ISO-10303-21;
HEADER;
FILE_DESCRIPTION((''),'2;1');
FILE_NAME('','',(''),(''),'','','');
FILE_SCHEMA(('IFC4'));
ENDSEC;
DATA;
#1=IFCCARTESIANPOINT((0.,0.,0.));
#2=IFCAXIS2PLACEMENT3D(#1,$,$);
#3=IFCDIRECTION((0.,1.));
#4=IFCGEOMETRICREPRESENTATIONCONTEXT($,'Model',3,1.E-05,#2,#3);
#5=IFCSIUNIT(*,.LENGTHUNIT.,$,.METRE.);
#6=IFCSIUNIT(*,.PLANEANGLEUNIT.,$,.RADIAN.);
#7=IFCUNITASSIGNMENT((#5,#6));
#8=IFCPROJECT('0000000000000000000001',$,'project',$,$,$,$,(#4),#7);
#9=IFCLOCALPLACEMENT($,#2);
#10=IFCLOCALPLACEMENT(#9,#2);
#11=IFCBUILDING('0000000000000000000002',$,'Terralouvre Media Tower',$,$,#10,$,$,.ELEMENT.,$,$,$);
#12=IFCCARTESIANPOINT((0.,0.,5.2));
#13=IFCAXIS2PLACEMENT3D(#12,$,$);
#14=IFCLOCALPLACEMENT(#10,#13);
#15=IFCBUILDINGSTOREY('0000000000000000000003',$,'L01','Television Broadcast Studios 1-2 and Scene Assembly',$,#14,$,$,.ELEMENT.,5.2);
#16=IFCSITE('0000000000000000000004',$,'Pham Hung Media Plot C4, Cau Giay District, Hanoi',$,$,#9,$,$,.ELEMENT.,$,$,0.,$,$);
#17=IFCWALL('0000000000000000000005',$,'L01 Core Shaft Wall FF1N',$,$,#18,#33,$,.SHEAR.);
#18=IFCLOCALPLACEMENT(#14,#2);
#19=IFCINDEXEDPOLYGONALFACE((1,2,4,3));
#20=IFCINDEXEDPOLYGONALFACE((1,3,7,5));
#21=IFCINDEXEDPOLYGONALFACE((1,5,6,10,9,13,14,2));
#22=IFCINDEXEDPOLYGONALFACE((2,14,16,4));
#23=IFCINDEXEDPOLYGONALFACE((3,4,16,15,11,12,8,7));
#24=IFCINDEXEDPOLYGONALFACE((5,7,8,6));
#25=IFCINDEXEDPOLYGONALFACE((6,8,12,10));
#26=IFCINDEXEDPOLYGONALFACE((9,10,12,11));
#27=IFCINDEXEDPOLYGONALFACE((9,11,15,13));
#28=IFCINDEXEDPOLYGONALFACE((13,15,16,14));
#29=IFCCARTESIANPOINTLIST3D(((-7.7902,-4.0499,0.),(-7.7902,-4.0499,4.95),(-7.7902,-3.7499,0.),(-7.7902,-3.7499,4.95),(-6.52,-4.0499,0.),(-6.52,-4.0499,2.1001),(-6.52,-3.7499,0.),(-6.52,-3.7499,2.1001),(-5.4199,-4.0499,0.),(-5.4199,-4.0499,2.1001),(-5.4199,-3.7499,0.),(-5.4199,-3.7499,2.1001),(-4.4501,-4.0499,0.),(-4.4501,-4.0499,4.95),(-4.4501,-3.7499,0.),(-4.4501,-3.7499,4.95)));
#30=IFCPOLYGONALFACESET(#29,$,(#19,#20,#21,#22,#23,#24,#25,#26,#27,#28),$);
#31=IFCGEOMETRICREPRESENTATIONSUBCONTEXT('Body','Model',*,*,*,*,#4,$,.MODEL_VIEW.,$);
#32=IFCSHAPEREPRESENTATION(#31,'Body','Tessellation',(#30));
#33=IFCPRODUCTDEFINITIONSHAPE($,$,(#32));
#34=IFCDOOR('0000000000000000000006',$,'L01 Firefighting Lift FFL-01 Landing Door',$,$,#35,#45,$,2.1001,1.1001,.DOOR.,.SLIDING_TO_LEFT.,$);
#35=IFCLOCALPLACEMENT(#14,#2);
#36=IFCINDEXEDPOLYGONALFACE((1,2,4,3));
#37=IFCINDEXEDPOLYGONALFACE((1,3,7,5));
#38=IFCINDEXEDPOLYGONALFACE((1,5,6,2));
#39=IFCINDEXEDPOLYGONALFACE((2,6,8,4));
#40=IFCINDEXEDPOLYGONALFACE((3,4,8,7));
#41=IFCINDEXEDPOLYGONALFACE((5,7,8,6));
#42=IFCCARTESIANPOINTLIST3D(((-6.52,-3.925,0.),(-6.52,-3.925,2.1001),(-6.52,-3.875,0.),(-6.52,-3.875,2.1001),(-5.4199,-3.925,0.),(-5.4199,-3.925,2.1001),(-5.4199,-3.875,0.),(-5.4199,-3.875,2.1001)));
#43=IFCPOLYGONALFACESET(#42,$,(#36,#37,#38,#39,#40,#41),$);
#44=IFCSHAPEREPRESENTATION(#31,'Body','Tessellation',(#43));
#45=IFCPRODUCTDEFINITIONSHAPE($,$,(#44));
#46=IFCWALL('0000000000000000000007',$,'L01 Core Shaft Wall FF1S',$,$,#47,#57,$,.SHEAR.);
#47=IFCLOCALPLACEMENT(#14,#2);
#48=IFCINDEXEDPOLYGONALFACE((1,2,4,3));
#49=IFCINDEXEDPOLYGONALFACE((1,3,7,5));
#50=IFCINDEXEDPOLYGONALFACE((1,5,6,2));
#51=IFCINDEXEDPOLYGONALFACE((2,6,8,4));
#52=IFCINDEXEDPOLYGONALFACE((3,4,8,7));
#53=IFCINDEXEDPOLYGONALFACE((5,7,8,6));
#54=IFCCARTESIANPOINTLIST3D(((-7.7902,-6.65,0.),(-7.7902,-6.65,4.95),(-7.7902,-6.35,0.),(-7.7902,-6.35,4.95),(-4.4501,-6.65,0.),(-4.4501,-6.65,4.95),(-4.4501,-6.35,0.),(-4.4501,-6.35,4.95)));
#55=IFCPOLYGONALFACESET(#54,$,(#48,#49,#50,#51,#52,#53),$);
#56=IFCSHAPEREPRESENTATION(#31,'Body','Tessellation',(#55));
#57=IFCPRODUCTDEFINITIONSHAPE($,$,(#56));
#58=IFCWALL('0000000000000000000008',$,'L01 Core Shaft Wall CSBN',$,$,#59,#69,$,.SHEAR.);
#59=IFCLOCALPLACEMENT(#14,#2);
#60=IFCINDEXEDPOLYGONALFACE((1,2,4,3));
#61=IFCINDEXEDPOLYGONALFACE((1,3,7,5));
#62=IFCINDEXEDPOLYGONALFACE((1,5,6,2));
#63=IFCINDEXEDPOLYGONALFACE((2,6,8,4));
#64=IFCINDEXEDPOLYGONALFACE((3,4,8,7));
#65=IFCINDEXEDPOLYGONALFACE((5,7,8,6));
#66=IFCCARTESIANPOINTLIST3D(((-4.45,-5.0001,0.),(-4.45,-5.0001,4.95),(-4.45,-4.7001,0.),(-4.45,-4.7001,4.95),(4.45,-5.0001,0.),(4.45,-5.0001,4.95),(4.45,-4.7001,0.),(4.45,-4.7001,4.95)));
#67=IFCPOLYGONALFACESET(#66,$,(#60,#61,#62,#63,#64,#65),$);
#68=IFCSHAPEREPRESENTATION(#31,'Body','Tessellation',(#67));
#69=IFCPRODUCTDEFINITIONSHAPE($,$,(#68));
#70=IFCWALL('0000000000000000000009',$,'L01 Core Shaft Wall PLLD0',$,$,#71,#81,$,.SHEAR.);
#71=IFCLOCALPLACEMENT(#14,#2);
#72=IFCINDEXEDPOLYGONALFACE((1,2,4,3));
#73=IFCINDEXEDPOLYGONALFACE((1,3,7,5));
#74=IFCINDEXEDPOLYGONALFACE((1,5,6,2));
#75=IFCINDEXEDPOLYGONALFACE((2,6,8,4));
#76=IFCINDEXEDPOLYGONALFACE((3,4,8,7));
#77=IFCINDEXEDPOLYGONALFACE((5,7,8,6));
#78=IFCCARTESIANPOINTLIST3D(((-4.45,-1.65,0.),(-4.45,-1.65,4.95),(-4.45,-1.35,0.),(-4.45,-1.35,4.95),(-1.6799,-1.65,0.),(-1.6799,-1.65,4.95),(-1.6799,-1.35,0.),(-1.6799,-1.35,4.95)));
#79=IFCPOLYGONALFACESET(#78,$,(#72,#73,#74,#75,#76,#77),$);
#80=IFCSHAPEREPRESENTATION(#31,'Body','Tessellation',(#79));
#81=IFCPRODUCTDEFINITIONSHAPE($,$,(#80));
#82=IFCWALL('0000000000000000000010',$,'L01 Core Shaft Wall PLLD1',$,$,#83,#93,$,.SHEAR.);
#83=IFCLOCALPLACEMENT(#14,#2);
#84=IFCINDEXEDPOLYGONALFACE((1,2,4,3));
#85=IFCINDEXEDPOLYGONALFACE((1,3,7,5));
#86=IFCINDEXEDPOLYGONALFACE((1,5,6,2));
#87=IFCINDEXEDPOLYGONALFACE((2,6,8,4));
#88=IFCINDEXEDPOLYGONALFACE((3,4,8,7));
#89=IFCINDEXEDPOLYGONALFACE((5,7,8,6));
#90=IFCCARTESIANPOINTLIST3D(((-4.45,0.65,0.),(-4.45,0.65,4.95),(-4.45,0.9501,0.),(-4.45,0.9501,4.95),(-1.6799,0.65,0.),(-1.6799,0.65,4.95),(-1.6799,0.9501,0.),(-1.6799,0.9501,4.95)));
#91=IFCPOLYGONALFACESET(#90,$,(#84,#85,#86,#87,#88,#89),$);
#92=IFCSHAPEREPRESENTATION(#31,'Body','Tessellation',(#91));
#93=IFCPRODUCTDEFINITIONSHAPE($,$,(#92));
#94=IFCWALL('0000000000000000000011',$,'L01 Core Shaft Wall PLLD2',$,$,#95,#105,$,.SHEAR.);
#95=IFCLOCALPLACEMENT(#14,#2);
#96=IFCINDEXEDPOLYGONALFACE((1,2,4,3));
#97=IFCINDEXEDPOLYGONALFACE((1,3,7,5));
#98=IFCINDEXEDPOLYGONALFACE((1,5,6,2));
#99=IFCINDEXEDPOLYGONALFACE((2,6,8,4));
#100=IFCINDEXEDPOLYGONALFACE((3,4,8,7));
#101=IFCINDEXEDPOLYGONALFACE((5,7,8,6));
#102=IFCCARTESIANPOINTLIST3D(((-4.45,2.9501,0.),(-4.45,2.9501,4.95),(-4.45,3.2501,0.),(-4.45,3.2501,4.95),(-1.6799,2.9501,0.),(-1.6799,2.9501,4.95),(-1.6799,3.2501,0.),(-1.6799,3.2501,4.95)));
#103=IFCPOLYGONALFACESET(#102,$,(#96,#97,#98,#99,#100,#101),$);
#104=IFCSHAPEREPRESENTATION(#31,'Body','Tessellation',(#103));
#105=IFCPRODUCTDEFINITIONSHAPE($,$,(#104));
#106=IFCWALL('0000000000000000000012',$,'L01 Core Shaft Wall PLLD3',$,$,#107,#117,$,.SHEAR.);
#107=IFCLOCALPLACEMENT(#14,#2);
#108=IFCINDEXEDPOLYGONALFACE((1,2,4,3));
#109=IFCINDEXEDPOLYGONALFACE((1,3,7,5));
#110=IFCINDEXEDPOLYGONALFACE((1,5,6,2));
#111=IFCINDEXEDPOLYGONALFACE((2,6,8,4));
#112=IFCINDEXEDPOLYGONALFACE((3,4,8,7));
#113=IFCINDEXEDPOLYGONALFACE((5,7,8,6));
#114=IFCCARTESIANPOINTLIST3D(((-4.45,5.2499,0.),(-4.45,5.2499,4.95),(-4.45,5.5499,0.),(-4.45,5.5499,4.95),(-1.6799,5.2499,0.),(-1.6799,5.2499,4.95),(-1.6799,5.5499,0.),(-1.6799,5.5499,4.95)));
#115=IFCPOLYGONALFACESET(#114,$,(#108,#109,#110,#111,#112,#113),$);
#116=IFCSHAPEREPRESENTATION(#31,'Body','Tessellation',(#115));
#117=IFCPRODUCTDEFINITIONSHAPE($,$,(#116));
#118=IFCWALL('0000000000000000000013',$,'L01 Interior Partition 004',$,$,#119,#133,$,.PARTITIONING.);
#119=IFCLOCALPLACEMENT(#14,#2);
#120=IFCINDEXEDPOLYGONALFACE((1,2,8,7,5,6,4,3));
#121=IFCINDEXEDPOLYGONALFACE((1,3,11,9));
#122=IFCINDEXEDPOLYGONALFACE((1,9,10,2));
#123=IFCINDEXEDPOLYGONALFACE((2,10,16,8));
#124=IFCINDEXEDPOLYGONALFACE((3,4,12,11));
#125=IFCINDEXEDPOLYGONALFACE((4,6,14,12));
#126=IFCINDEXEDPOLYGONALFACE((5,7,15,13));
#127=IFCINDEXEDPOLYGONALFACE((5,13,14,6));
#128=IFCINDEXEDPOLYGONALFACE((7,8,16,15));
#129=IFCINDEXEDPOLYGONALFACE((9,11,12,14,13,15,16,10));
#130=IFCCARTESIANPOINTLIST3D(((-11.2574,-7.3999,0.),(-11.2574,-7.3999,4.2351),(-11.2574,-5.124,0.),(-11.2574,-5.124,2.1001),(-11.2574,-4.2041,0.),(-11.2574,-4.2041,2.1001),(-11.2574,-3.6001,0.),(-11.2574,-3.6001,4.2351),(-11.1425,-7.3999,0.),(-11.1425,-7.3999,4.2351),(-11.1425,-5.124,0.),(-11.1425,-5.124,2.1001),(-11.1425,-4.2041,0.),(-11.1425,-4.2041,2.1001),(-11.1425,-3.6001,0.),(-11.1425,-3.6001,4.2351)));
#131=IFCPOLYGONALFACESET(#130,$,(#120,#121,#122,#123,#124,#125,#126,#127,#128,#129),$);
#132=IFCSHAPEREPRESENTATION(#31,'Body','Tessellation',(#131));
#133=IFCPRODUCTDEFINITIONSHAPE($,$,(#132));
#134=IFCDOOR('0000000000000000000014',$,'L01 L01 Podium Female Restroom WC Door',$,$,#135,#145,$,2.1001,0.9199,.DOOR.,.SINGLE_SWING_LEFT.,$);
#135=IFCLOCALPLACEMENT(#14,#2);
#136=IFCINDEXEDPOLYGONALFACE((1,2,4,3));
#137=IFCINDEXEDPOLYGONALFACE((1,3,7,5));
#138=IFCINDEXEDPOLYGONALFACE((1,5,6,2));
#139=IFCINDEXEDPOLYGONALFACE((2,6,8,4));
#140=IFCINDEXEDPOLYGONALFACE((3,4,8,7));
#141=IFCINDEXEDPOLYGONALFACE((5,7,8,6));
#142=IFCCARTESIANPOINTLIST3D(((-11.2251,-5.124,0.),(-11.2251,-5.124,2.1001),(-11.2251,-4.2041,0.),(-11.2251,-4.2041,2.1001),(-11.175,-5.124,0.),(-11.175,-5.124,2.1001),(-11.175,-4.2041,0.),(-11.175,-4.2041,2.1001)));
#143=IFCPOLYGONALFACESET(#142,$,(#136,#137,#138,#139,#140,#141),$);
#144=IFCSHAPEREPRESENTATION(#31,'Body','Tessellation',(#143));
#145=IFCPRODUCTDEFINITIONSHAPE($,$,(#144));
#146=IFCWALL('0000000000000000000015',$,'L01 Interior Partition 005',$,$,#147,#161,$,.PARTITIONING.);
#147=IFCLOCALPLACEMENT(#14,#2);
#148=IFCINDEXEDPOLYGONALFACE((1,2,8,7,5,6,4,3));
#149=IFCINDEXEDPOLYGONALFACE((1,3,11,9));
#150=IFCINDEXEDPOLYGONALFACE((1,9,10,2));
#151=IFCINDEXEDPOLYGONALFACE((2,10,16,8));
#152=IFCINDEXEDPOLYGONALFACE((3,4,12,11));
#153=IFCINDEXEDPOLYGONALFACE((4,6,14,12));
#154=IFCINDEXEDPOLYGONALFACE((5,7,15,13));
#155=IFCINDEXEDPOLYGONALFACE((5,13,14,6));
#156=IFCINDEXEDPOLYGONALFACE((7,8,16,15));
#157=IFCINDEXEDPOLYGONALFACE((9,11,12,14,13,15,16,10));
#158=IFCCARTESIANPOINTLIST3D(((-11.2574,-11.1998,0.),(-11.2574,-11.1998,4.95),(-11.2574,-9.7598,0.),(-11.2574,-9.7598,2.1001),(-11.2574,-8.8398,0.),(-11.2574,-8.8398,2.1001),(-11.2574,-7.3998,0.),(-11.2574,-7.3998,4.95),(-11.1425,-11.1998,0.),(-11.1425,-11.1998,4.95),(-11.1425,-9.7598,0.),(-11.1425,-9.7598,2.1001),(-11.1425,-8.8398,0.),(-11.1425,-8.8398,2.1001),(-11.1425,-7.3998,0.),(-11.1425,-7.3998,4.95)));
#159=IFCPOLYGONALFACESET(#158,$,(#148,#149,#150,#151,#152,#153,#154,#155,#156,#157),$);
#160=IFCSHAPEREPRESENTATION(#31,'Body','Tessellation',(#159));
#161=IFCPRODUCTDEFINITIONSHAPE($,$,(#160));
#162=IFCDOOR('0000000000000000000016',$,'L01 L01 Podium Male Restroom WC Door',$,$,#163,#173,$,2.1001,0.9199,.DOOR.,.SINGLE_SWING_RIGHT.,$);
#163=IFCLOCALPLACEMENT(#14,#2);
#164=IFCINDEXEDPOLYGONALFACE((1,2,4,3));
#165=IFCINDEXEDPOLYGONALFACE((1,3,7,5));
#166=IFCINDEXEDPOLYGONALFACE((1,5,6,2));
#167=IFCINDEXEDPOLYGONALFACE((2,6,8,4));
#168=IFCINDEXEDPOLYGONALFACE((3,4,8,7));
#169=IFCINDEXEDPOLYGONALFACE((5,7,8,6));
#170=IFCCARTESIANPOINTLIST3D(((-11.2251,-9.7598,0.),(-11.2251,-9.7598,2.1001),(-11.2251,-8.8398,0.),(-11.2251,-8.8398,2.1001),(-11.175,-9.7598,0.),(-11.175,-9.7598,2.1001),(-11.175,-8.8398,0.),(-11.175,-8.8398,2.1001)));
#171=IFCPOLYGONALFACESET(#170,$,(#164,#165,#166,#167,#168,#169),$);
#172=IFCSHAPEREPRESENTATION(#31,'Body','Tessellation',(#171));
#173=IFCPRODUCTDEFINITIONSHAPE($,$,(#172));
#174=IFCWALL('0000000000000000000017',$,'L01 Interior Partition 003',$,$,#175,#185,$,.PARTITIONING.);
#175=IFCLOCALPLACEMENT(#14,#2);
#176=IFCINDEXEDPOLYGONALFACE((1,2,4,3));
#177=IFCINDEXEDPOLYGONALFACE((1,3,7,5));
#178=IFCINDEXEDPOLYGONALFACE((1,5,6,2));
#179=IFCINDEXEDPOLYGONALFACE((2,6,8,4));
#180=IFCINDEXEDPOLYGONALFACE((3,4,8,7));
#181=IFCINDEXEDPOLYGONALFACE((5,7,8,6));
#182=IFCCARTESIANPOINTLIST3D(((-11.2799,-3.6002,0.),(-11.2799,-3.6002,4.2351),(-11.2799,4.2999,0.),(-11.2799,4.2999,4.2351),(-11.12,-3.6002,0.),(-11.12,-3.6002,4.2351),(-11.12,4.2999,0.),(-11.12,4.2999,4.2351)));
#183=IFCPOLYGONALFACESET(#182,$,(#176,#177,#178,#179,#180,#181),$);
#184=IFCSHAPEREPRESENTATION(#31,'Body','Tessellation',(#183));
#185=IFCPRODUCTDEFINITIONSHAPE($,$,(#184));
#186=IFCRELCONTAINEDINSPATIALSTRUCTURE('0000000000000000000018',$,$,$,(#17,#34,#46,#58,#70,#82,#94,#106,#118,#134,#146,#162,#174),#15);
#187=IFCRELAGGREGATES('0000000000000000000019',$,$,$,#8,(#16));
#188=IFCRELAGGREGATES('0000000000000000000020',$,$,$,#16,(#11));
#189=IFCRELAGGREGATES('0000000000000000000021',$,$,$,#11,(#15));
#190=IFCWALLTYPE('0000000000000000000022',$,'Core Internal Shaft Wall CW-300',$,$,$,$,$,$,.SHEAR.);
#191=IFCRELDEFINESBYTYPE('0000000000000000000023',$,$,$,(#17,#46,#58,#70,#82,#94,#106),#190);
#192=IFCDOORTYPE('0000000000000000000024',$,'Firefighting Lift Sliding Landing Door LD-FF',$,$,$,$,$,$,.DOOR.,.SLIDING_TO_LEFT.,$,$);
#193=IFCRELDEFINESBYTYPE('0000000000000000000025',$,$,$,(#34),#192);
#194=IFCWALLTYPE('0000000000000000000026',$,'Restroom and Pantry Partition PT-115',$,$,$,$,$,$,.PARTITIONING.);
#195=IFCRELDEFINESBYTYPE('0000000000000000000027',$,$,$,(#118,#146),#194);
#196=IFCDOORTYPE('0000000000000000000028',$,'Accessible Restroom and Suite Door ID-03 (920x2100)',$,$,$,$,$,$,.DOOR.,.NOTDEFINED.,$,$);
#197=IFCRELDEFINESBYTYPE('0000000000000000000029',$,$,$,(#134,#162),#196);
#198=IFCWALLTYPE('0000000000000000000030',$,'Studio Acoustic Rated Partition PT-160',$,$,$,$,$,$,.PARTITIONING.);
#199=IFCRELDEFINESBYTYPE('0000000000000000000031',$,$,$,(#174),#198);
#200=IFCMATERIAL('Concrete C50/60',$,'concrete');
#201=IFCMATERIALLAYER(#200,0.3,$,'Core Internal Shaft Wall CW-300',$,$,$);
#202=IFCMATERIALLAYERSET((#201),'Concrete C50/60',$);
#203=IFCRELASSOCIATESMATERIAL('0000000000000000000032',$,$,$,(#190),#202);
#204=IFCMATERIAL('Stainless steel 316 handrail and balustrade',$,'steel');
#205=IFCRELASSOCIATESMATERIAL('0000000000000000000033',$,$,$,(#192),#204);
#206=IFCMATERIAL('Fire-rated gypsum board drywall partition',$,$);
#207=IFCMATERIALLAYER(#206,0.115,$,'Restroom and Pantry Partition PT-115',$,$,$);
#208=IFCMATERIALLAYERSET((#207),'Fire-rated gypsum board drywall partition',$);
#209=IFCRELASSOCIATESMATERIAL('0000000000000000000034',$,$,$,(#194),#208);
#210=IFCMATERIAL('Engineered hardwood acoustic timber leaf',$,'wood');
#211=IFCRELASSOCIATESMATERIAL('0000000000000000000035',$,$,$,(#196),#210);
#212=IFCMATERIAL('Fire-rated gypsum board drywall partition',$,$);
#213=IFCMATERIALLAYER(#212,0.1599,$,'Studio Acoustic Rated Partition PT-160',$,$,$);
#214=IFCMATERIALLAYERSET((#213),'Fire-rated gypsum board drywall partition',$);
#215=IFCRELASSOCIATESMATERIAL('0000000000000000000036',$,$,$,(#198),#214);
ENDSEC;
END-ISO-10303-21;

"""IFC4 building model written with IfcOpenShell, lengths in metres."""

from ifc_helpers import new_model, si_unit, direction, frame, frame_2d, origin, place, context, subcontext, project, spatial, rectangle, extrude, material, layer, layer_set, type_object, element, fill, save


model = new_model("IFC4")

# Units and contexts
model_context = context("Model", 3, precision=1e-05, world=origin(), true_north=direction((0.0, 1.0)))
body_context = subcontext(model_context, "Body", "Model", "MODEL_VIEW")
ifc_project = project(units=[si_unit("LENGTHUNIT", "METRE"), si_unit("PLANEANGLEUNIT", "RADIAN")], contexts=[model_context])

# Site, building, storey
site_placement = place(None, origin())
site = spatial("IfcSite", under=ifc_project, at=site_placement, Name="Pham Hung Media Plot C4, Cau Giay District, Hanoi", CompositionType="ELEMENT", RefElevation=0.0)
building_placement = place(site_placement, origin())
building = spatial("IfcBuilding", under=site, at=building_placement, Name="Terralouvre Media Tower", CompositionType="ELEMENT")
storey_placement = place(building_placement, frame((0.0, 0.0, 5.2)))
storey = spatial("IfcBuildingStorey", under=building, at=storey_placement, Name="L01", Description="Television Broadcast Studios 1-2 and Scene Assembly", CompositionType="ELEMENT", Elevation=5.2)

# Wall, opening, door
ifc_material_1 = material(Name="Concrete C50/60", Category="concrete")
ifc_layer_1 = layer(ifc_material_1, 0.3, Name="Core Internal Shaft Wall CW-300")
ifc_layer_set_1 = layer_set([ifc_layer_1], Name="Concrete C50/60")
wall_type_1 = type_object("IfcWallType", Name="Core Internal Shaft Wall CW-300", PredefinedType="SHEAR", material=ifc_layer_set_1)
wall_1_placement = place(storey_placement, frame((-7.79, -3.8999, 0.0), z_axis=(0.0, 0.0, 1.0), x_axis=(1.0, 0.0, 0.0)))
wall_1 = element("IfcWall", 1, at=wall_1_placement, inside=storey, type_object=wall_type_1, Name="L01 Core Shaft Wall FF1N", PredefinedType="SHEAR", context=body_context, shape_type="SweptSolid", body=[
    extrude(rectangle(XDim=3.3401, YDim=0.3, at=frame_2d((1.6699, 0.0))), origin(), (0.0, 0.0, 1.0), 4.95),
])
opening_1_placement = place(wall_1_placement, frame((1.27, 0.0, 0.0)))
opening_1 = element("IfcOpeningElement", 2, at=opening_1_placement, cuts=wall_1, PredefinedType="OPENING", context=body_context, shape_type="SweptSolid", body=[
    extrude(rectangle(XDim=1.1001, YDim=2.1001, at=frame_2d((0.55, 1.05))), frame((0.0, 0.1599, 0.0), z_axis=(0.0, -1.0, 0.0), x_axis=(1.0, 0.0, 0.0)), (0.0, 0.0, 1.0), 0.3201),
])
ifc_material_2 = material(Name="Stainless steel 316 handrail and balustrade", Category="steel")
door_type_1 = type_object("IfcDoorType", Name="Firefighting Lift Sliding Landing Door LD-FF", OperationType="SLIDING_TO_LEFT", PredefinedType="DOOR", material=ifc_material_2)
door_1_placement = place(opening_1_placement, origin())
door_1 = element("IfcDoor", 3, at=door_1_placement, inside=storey, type_object=door_type_1, Name="L01 Firefighting Lift FFL-01 Landing Door", OperationType="SLIDING_TO_LEFT", OverallHeight=2.1001, OverallWidth=1.1001, PredefinedType="DOOR", context=body_context, shape_type="SweptSolid", body=[
    extrude(rectangle(XDim=1.1001, YDim=2.1001, at=frame_2d((0.55, 1.05))), frame((0.0, 0.0249, 0.0), z_axis=(0.0, -1.0, 0.0), x_axis=(1.0, 0.0, 0.0)), (0.0, 0.0, 1.0), 0.05),
])
fill(opening_1, door_1)

# Walls
wall_2_placement = place(storey_placement, frame((-7.79, -6.5, 0.0), z_axis=(0.0, 0.0, 1.0), x_axis=(1.0, 0.0, 0.0)))
element("IfcWall", 4, at=wall_2_placement, inside=storey, type_object=wall_type_1, Name="L01 Core Shaft Wall FF1S", PredefinedType="SHEAR", context=body_context, shape_type="SweptSolid", body=[
    extrude(rectangle(XDim=3.3401, YDim=0.3, at=frame_2d((1.6699, 0.0))), origin(), (0.0, 0.0, 1.0), 4.95),
])
wall_3_placement = place(storey_placement, frame((-4.45, -4.8501, 0.0), z_axis=(0.0, 0.0, 1.0), x_axis=(1.0, 0.0, 0.0)))
element("IfcWall", 5, at=wall_3_placement, inside=storey, type_object=wall_type_1, Name="L01 Core Shaft Wall CSBN", PredefinedType="SHEAR", context=body_context, shape_type="SweptSolid", body=[
    extrude(rectangle(XDim=8.8999, YDim=0.3, at=frame_2d((4.45, 0.0))), origin(), (0.0, 0.0, 1.0), 4.95),
])
for number, where, z_axis, x_axis, name in (
    (6, (-4.45, -1.5, 0.0), (0.0, 0.0, 1.0), (1.0, 0.0, 0.0), "L01 Core Shaft Wall PLLD0"),
    (7, (-4.45, 0.8, 0.0), (0.0, 0.0, 1.0), (1.0, 0.0, 0.0), "L01 Core Shaft Wall PLLD1"),
    (8, (-4.45, 3.1001, 0.0), (0.0, 0.0, 1.0), (1.0, 0.0, 0.0), "L01 Core Shaft Wall PLLD2"),
    (9, (-4.45, 5.3999, 0.0), (0.0, 0.0, 1.0), (1.0, 0.0, 0.0), "L01 Core Shaft Wall PLLD3"),
):
    element("IfcWall", number, at=place(storey_placement, frame(where, z_axis=z_axis, x_axis=x_axis)), inside=storey, type_object=wall_type_1, Name=name, PredefinedType="SHEAR", context=body_context, shape_type="SweptSolid", body=[
        extrude(rectangle(XDim=2.77, YDim=0.3, at=frame_2d((1.385, 0.0))), origin(), (0.0, 0.0, 1.0), 4.95),
    ])

# Walls, openings, doors
ifc_material_3 = material(Name="Fire-rated gypsum board drywall partition")
ifc_layer_2 = layer(ifc_material_3, 0.115, Name="Restroom and Pantry Partition PT-115")
ifc_layer_set_2 = layer_set([ifc_layer_2], Name="Fire-rated gypsum board drywall partition")
wall_type_2 = type_object("IfcWallType", Name="Restroom and Pantry Partition PT-115", PredefinedType="PARTITIONING", material=ifc_layer_set_2)
wall_4_placement = place(storey_placement, frame((-11.2, -3.6001, 0.0), z_axis=(0.0, 0.0, 1.0), x_axis=(0.0, -1.0, 0.0)))
wall_4 = element("IfcWall", 10, at=wall_4_placement, inside=storey, type_object=wall_type_2, Name="L01 Interior Partition 004", PredefinedType="PARTITIONING", context=body_context, shape_type="SweptSolid", body=[
    extrude(rectangle(XDim=3.7998, YDim=0.115, at=frame_2d((1.8999, 0.0))), origin(), (0.0, 0.0, 1.0), 4.2351),
])
opening_2_placement = place(wall_4_placement, frame((0.604, 0.0, 0.0)))
opening_2 = element("IfcOpeningElement", 11, at=opening_2_placement, cuts=wall_4, PredefinedType="OPENING", context=body_context, shape_type="SweptSolid", body=[
    extrude(rectangle(XDim=0.9199, YDim=2.1001, at=frame_2d((0.46, 1.05))), frame((0.0, 0.0674, 0.0), z_axis=(0.0, -1.0, 0.0), x_axis=(1.0, 0.0, 0.0)), (0.0, 0.0, 1.0), 0.135),
])
ifc_material_4 = material(Name="Engineered hardwood acoustic timber leaf", Category="wood")
door_type_2 = type_object("IfcDoorType", Name="Accessible Restroom and Suite Door ID-03 (920x2100)", OperationType="NOTDEFINED", PredefinedType="DOOR", material=ifc_material_4)
door_2_placement = place(opening_2_placement, origin())
door_2 = element("IfcDoor", 12, at=door_2_placement, inside=storey, type_object=door_type_2, Name="L01 L01 Podium Female Restroom WC Door", OperationType="SINGLE_SWING_LEFT", OverallHeight=2.1001, OverallWidth=0.9199, PredefinedType="DOOR", context=body_context, shape_type="SweptSolid", body=[
    extrude(rectangle(XDim=0.9199, YDim=2.1001, at=frame_2d((0.46, 1.05))), frame((0.0, 0.0249, 0.0), z_axis=(0.0, -1.0, 0.0), x_axis=(1.0, 0.0, 0.0)), (0.0, 0.0, 1.0), 0.05),
])
fill(opening_2, door_2)
wall_5_placement = place(storey_placement, frame((-11.2, -7.3999, 0.0), z_axis=(0.0, 0.0, 1.0), x_axis=(0.0, -1.0, 0.0)))
wall_5 = element("IfcWall", 13, at=wall_5_placement, inside=storey, type_object=wall_type_2, Name="L01 Interior Partition 005", PredefinedType="PARTITIONING", context=body_context, shape_type="SweptSolid", body=[
    extrude(rectangle(XDim=3.8, YDim=0.115, at=frame_2d((1.8999, 0.0))), origin(), (0.0, 0.0, 1.0), 4.95),
])
opening_3_placement = place(wall_5_placement, frame((1.4399, 0.0, 0.0)))
opening_3 = element("IfcOpeningElement", 14, at=opening_3_placement, cuts=wall_5, PredefinedType="OPENING", context=body_context, shape_type="SweptSolid", body=[
    extrude(rectangle(XDim=0.9199, YDim=2.1001, at=frame_2d((0.46, 1.05))), frame((0.0, 0.0674, 0.0), z_axis=(0.0, -1.0, 0.0), x_axis=(1.0, 0.0, 0.0)), (0.0, 0.0, 1.0), 0.135),
])
door_3_placement = place(opening_3_placement, origin())
door_3 = element("IfcDoor", 15, at=door_3_placement, inside=storey, type_object=door_type_2, Name="L01 L01 Podium Male Restroom WC Door", OperationType="SINGLE_SWING_RIGHT", OverallHeight=2.1001, OverallWidth=0.9199, PredefinedType="DOOR", context=body_context, shape_type="SweptSolid", body=[
    extrude(rectangle(XDim=0.9199, YDim=2.1001, at=frame_2d((0.46, 1.05))), frame((0.0, 0.0249, 0.0), z_axis=(0.0, -1.0, 0.0), x_axis=(1.0, 0.0, 0.0)), (0.0, 0.0, 1.0), 0.05),
])
fill(opening_3, door_3)

# Wall
ifc_material_5 = material(Name="Fire-rated gypsum board drywall partition")
ifc_layer_3 = layer(ifc_material_5, 0.1599, Name="Studio Acoustic Rated Partition PT-160")
ifc_layer_set_3 = layer_set([ifc_layer_3], Name="Fire-rated gypsum board drywall partition")
wall_type_3 = type_object("IfcWallType", Name="Studio Acoustic Rated Partition PT-160", PredefinedType="PARTITIONING", material=ifc_layer_set_3)
wall_6_placement = place(storey_placement, frame((-11.2, 4.3, 0.0), z_axis=(0.0, 0.0, 1.0), x_axis=(0.0, -1.0, 0.0)))
element("IfcWall", 16, at=wall_6_placement, inside=storey, type_object=wall_type_3, Name="L01 Interior Partition 003", PredefinedType="PARTITIONING", context=body_context, shape_type="SweptSolid", body=[
    extrude(rectangle(XDim=7.9001, YDim=0.1599, at=frame_2d((3.9502, 0.0))), origin(), (0.0, 0.0, 1.0), 4.2351),
])

save(model, "model.ifc")
